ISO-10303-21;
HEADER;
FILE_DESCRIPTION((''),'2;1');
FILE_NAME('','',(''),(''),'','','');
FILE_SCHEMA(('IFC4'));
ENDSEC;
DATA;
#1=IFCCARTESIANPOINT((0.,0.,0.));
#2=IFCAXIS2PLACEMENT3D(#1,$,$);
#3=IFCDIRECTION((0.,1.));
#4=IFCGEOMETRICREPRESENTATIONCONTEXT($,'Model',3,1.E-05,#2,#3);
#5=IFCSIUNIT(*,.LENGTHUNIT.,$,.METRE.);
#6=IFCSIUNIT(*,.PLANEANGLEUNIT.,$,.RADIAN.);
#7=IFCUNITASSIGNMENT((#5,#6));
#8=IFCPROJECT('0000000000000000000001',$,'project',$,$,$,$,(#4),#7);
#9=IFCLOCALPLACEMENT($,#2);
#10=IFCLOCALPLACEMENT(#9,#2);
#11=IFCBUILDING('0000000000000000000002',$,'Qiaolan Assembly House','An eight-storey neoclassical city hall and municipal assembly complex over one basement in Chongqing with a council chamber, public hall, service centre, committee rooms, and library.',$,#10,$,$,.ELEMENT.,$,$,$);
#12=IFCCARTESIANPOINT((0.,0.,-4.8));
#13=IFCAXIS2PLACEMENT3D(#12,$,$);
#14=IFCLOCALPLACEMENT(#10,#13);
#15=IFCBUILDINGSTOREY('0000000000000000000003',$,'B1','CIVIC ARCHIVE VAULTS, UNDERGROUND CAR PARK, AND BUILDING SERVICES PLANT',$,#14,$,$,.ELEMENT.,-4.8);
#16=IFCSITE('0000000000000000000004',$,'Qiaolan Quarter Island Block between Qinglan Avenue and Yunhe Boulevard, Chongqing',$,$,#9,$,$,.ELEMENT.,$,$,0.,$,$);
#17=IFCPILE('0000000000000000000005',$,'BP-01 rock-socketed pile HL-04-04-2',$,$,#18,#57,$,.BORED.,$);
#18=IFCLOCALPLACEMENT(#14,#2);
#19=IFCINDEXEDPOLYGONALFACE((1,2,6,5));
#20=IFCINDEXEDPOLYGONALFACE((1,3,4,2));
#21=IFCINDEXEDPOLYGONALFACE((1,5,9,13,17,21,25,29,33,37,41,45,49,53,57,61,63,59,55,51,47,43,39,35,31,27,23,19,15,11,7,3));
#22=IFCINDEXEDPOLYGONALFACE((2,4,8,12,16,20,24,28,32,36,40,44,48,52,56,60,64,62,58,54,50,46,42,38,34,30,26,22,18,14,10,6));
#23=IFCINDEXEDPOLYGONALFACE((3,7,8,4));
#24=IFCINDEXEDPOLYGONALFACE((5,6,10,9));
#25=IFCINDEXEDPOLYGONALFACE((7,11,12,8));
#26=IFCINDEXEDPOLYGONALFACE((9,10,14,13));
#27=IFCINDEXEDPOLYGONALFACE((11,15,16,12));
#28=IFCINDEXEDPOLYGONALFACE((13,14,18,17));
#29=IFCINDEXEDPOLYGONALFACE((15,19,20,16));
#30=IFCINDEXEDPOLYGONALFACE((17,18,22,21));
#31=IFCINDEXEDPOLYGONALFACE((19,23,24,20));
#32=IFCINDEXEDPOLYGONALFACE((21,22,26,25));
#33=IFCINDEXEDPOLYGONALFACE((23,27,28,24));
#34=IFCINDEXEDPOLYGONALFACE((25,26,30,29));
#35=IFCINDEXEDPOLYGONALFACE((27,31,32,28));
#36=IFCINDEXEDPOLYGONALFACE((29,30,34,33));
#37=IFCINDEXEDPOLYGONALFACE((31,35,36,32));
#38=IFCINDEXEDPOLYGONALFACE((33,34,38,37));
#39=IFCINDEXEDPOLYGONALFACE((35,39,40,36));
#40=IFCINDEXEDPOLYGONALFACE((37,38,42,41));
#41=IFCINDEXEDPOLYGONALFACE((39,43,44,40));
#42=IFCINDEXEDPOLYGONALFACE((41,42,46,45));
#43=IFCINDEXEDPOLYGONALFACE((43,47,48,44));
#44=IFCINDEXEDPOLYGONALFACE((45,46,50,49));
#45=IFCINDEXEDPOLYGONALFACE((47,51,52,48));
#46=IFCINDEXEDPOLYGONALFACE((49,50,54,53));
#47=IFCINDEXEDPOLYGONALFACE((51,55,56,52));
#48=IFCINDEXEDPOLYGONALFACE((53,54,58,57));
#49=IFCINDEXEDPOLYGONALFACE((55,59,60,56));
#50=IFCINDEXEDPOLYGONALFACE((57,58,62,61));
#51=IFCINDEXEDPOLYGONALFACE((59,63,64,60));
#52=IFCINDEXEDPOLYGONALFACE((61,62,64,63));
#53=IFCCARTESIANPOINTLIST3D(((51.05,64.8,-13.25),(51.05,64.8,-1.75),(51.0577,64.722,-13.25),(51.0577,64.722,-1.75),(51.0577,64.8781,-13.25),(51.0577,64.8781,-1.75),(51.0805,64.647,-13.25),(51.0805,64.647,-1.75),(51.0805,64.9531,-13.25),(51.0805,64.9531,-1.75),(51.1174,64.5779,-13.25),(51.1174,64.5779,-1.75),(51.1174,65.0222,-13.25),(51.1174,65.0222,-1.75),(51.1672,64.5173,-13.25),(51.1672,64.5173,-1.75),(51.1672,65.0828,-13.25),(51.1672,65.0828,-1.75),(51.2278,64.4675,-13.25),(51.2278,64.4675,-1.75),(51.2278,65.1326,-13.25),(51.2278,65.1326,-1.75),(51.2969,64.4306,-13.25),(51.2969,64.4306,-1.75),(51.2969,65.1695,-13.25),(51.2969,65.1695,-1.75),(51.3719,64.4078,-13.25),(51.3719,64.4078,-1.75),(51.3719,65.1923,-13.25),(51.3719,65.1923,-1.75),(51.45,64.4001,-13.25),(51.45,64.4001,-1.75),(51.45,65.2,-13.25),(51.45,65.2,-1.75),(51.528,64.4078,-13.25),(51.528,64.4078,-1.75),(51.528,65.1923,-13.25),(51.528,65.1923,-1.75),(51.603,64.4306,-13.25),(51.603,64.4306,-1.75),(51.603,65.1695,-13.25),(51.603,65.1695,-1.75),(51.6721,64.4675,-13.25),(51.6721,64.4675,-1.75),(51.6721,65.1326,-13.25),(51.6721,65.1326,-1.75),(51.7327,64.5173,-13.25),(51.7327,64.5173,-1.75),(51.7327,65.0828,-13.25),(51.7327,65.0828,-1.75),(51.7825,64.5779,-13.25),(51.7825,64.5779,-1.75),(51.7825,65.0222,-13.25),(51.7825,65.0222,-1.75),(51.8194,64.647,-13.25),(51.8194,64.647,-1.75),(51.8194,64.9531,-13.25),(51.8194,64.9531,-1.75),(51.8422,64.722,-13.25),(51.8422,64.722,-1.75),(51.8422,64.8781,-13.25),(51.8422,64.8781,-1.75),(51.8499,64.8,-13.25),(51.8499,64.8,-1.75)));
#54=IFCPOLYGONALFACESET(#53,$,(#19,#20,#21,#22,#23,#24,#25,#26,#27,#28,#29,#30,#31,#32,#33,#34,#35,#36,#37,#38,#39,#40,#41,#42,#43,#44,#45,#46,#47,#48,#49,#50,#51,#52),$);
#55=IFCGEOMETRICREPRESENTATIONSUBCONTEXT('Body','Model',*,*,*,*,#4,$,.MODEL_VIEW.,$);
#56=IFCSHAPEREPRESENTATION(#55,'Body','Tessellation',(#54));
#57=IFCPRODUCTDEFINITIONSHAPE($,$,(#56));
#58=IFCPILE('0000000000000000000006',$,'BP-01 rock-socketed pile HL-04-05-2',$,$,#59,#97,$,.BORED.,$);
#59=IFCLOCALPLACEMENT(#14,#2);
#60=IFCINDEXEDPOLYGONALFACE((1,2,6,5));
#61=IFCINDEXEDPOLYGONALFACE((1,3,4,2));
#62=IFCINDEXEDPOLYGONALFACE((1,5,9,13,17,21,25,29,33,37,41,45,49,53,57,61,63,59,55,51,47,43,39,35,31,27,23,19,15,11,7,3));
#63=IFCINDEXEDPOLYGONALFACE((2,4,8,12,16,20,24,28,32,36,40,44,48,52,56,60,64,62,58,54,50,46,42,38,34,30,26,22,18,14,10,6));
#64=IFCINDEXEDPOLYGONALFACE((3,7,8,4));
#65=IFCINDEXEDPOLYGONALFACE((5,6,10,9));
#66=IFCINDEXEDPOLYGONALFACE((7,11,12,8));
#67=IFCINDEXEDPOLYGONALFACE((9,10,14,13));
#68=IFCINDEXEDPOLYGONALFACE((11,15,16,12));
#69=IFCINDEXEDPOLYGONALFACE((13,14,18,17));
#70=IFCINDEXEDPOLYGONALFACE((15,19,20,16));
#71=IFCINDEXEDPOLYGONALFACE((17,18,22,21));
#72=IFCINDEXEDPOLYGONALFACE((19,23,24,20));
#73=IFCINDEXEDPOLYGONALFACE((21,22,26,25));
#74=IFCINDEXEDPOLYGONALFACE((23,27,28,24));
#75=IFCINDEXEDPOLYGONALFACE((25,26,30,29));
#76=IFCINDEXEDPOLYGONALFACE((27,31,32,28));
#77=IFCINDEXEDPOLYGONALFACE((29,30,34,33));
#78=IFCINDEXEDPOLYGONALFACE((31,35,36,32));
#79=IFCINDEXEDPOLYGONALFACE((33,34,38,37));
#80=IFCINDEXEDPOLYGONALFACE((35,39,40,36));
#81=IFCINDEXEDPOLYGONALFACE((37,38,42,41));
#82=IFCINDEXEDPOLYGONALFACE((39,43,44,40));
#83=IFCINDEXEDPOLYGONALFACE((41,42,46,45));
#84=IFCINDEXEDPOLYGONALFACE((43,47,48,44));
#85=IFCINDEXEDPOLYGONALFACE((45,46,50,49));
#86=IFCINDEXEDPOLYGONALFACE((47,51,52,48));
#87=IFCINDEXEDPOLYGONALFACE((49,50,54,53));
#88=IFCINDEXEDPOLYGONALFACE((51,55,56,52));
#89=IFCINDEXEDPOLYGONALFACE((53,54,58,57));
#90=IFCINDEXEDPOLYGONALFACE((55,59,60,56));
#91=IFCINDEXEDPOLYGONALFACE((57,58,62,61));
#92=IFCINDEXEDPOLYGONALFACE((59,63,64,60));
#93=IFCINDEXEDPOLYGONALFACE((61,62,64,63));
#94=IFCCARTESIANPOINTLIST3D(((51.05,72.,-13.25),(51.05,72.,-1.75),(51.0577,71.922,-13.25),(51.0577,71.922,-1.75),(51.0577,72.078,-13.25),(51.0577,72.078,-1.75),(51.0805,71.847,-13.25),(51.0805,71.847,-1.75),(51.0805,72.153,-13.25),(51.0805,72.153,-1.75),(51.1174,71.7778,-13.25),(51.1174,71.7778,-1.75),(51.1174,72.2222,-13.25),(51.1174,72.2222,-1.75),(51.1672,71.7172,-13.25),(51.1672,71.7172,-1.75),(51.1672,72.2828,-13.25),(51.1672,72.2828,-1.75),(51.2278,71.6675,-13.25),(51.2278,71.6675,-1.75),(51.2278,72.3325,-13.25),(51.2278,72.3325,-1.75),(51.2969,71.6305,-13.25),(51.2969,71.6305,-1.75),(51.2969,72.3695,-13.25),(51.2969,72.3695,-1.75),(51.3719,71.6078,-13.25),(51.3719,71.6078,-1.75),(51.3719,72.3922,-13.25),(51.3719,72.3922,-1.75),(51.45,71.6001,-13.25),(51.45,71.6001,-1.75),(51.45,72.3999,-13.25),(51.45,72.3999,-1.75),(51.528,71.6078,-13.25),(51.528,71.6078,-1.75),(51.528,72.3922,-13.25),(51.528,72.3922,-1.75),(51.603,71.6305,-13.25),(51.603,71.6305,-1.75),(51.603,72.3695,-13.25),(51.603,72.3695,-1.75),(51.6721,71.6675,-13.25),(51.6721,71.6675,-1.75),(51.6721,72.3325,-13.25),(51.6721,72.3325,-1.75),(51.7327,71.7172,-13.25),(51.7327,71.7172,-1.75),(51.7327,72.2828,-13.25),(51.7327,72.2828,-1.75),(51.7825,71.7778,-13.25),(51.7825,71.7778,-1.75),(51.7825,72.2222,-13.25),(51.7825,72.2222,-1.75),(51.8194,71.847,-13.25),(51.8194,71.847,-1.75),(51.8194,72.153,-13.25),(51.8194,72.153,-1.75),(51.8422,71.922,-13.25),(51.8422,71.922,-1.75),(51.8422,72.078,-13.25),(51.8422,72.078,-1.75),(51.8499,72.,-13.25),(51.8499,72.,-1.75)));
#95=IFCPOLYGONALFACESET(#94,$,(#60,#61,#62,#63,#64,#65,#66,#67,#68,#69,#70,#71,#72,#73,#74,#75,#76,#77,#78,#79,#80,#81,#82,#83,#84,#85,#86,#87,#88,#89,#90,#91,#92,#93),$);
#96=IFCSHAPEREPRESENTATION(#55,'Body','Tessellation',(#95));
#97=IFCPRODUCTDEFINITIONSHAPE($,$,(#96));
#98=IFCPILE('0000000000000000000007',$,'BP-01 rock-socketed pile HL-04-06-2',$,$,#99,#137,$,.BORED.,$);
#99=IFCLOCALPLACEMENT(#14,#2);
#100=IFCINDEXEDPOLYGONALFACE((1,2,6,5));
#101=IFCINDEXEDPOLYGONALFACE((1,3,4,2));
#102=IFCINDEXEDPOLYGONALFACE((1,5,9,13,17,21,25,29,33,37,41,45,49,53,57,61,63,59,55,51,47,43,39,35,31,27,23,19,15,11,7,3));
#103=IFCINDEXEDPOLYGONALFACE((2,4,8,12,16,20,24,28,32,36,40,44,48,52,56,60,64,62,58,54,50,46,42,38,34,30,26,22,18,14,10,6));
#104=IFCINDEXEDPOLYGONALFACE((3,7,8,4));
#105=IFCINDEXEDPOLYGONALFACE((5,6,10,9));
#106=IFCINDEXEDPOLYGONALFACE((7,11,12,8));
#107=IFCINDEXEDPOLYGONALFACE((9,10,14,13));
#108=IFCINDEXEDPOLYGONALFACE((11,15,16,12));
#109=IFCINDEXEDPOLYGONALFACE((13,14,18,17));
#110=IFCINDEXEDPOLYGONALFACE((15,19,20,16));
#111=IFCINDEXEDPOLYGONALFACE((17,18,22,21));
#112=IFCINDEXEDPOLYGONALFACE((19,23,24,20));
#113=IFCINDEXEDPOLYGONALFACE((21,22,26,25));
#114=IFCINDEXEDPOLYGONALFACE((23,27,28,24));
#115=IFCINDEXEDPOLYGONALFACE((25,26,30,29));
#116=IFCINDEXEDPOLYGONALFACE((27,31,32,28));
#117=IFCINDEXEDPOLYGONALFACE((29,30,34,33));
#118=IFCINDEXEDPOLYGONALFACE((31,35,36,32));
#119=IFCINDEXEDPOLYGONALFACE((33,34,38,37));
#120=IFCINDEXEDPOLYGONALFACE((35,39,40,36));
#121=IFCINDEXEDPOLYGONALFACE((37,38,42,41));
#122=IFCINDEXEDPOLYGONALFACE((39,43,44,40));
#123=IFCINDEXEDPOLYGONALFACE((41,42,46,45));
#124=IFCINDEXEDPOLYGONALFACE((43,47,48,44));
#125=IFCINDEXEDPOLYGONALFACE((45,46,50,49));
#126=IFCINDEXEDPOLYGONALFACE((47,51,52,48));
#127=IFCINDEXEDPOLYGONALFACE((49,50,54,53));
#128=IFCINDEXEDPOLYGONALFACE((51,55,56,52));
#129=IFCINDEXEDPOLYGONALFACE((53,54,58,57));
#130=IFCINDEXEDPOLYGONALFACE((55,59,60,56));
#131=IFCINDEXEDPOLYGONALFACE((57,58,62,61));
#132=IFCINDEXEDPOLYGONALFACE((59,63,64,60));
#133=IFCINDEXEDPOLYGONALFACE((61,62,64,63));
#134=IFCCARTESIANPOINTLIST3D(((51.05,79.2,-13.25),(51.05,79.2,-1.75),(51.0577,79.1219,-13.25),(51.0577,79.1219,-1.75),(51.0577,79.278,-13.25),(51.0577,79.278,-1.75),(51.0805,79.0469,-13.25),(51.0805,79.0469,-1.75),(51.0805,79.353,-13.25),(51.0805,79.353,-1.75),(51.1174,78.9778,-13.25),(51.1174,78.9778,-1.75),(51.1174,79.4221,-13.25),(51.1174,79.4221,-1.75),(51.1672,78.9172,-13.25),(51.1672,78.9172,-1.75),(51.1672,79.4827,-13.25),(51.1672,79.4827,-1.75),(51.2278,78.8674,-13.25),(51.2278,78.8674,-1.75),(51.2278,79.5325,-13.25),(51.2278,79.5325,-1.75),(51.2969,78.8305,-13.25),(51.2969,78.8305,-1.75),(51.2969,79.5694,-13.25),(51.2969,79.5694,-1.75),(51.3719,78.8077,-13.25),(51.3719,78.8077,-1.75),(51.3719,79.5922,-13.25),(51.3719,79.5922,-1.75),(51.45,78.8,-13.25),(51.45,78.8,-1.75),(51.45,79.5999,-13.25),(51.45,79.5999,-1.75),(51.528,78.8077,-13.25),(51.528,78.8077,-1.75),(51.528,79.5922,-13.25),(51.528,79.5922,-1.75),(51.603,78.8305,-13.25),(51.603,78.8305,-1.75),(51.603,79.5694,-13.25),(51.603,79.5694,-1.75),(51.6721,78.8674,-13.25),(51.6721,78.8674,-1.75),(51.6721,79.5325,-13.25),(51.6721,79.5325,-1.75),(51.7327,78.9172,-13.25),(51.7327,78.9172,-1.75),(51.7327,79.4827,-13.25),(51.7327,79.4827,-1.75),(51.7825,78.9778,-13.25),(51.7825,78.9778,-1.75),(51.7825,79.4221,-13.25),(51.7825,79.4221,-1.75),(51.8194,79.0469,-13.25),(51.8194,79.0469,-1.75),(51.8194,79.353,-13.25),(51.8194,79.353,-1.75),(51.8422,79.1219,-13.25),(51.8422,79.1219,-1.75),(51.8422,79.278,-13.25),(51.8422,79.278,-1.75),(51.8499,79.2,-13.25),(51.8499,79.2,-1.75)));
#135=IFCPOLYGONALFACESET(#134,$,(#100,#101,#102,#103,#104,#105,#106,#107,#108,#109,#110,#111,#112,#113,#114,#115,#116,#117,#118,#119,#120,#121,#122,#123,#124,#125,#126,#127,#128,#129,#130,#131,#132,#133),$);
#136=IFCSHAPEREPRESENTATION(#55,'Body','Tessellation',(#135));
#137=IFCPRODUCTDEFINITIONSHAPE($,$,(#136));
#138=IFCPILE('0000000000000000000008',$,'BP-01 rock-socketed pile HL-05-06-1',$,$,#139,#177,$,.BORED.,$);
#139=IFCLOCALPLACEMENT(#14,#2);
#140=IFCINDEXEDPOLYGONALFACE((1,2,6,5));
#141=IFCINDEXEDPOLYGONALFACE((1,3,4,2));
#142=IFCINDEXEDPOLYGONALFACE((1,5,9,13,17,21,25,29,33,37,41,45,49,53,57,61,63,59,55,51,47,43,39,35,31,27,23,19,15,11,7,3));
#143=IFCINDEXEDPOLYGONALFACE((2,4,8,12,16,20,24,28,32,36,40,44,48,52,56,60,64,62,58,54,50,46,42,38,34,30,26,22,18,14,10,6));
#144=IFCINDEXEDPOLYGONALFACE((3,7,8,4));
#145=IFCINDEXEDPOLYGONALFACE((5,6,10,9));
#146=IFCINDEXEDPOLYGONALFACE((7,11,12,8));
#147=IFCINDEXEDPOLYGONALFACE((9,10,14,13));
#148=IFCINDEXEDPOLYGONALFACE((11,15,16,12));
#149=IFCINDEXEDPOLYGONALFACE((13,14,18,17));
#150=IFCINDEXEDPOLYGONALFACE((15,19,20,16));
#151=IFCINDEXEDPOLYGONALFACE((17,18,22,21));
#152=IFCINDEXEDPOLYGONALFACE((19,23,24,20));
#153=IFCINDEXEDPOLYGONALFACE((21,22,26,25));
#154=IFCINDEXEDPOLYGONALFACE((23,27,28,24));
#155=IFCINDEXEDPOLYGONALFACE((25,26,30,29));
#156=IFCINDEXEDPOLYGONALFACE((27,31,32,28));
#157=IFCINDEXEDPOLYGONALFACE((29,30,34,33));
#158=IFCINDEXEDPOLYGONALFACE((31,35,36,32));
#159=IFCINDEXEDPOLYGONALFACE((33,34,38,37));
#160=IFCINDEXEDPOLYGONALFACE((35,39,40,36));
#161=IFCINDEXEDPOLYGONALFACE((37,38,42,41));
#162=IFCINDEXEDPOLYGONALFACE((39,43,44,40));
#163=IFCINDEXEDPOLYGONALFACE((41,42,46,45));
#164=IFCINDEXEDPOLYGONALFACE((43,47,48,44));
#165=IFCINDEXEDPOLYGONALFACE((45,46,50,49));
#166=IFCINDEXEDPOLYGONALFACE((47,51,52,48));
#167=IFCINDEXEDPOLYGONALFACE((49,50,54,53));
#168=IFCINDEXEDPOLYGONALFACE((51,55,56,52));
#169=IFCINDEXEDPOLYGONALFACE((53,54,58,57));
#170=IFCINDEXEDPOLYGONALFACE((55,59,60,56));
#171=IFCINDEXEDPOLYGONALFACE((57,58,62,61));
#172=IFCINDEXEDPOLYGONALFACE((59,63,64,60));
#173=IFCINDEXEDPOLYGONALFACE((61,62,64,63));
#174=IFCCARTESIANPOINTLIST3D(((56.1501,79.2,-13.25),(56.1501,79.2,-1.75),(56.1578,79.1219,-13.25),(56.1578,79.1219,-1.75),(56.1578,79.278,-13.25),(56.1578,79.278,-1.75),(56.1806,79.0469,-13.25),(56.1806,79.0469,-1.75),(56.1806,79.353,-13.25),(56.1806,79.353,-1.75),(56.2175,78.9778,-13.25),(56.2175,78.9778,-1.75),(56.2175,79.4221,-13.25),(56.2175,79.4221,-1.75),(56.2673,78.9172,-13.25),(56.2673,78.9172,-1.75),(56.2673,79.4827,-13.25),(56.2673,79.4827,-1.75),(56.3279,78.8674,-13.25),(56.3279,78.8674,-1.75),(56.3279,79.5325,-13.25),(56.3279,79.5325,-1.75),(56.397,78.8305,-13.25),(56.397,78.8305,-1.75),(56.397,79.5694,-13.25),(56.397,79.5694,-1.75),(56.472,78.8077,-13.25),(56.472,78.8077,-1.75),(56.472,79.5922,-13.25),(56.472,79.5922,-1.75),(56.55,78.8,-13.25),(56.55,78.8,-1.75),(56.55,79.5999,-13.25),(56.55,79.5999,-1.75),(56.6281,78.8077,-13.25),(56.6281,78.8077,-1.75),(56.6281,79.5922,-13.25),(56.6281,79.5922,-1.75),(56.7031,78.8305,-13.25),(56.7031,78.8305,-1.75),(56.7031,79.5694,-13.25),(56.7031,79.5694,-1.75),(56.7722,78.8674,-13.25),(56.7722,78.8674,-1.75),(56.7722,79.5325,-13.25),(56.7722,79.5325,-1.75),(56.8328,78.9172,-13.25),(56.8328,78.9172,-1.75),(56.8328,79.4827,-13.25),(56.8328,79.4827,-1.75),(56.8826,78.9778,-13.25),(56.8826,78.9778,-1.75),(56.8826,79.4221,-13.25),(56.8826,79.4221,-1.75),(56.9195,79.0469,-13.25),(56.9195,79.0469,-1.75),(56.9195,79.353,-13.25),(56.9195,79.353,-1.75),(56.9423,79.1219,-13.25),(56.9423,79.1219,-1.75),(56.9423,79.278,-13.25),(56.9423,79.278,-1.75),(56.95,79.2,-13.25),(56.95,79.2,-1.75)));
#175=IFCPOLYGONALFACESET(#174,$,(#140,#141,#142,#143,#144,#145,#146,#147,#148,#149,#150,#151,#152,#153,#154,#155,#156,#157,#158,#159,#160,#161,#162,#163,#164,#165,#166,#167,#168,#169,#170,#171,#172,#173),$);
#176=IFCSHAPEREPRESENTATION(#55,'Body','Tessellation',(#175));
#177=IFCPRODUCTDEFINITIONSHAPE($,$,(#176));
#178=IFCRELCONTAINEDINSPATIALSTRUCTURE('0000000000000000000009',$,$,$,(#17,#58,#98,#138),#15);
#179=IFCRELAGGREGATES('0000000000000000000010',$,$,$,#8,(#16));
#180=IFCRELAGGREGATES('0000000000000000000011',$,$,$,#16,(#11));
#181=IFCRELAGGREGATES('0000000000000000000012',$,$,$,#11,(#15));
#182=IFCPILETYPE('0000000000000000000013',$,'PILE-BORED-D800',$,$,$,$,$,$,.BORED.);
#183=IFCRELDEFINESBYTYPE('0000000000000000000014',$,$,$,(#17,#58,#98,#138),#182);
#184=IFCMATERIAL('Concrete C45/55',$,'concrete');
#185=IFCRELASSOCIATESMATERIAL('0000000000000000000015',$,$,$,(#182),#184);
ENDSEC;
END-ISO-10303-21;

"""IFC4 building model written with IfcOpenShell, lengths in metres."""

from ifc_helpers import new_model, si_unit, direction, frame, origin, origin_2d, place, context, subcontext, project, spatial, circle, extrude, material, material_profile, profile_set, type_object, element, save


model = new_model("IFC4")

# Units and contexts
model_context = context("Model", 3, precision=1e-05, world=origin(), true_north=direction((0.0, 1.0)))
body_context = subcontext(model_context, "Body", "Model", "MODEL_VIEW")
ifc_project = project(units=[si_unit("LENGTHUNIT", "METRE"), si_unit("PLANEANGLEUNIT", "RADIAN")], contexts=[model_context])

# Site, building, storey
site_placement = place(None, origin())
site = spatial("IfcSite", under=ifc_project, at=site_placement, Name="Qiaolan Quarter Island Block between Qinglan Avenue and Yunhe Boulevard, Chongqing", CompositionType="ELEMENT", RefElevation=0.0)
building_placement = place(site_placement, origin())
building = spatial("IfcBuilding", under=site, at=building_placement, Name="Qiaolan Assembly House", Description="An eight-storey neoclassical city hall and municipal assembly complex over one basement in Chongqing with a council chamber, public hall, service centre, committee rooms, and library.", CompositionType="ELEMENT")
storey_placement = place(building_placement, frame((0.0, 0.0, -4.8)))
storey = spatial("IfcBuildingStorey", under=building, at=storey_placement, Name="B1", Description="CIVIC ARCHIVE VAULTS, UNDERGROUND CAR PARK, AND BUILDING SERVICES PLANT", CompositionType="ELEMENT", Elevation=-4.8)

# Piles
ifc_material_1 = material(Name="Concrete C45/55", Category="concrete")
ifc_material_profile_1 = material_profile(ifc_material_1, circle(Radius=0.3999, at=origin_2d()), Name="PILE D800")
ifc_profile_set_1 = profile_set([ifc_material_profile_1], Name="Concrete C45/55")
pile_type = type_object("IfcPileType", Name="PILE-BORED-D800", PredefinedType="BORED", material=ifc_profile_set_1)
for number, where, z_axis, x_axis, name in (
    (1, (51.45, 64.8, -1.75), (0.0, 0.0, -1.0), (1.0, 0.0, 0.0), "BP-01 rock-socketed pile HL-04-04-2"),
    (2, (51.45, 72.0, -1.75), (0.0, 0.0, -1.0), (1.0, 0.0, 0.0), "BP-01 rock-socketed pile HL-04-05-2"),
    (3, (51.45, 79.2, -1.75), (0.0, 0.0, -1.0), (1.0, 0.0, 0.0), "BP-01 rock-socketed pile HL-04-06-2"),
    (4, (56.55, 79.2, -1.75), (0.0, 0.0, -1.0), (1.0, 0.0, 0.0), "BP-01 rock-socketed pile HL-05-06-1"),
):
    element("IfcPile", number, at=place(storey_placement, frame(where, z_axis=z_axis, x_axis=x_axis)), inside=storey, type_object=pile_type, Name=name, PredefinedType="BORED", context=body_context, shape_type="SweptSolid", body=[
        extrude(circle(Radius=0.3999, at=origin_2d()), origin(), (0.0, 0.0, 1.0), 11.5),
    ])

save(model, "model.ifc")
